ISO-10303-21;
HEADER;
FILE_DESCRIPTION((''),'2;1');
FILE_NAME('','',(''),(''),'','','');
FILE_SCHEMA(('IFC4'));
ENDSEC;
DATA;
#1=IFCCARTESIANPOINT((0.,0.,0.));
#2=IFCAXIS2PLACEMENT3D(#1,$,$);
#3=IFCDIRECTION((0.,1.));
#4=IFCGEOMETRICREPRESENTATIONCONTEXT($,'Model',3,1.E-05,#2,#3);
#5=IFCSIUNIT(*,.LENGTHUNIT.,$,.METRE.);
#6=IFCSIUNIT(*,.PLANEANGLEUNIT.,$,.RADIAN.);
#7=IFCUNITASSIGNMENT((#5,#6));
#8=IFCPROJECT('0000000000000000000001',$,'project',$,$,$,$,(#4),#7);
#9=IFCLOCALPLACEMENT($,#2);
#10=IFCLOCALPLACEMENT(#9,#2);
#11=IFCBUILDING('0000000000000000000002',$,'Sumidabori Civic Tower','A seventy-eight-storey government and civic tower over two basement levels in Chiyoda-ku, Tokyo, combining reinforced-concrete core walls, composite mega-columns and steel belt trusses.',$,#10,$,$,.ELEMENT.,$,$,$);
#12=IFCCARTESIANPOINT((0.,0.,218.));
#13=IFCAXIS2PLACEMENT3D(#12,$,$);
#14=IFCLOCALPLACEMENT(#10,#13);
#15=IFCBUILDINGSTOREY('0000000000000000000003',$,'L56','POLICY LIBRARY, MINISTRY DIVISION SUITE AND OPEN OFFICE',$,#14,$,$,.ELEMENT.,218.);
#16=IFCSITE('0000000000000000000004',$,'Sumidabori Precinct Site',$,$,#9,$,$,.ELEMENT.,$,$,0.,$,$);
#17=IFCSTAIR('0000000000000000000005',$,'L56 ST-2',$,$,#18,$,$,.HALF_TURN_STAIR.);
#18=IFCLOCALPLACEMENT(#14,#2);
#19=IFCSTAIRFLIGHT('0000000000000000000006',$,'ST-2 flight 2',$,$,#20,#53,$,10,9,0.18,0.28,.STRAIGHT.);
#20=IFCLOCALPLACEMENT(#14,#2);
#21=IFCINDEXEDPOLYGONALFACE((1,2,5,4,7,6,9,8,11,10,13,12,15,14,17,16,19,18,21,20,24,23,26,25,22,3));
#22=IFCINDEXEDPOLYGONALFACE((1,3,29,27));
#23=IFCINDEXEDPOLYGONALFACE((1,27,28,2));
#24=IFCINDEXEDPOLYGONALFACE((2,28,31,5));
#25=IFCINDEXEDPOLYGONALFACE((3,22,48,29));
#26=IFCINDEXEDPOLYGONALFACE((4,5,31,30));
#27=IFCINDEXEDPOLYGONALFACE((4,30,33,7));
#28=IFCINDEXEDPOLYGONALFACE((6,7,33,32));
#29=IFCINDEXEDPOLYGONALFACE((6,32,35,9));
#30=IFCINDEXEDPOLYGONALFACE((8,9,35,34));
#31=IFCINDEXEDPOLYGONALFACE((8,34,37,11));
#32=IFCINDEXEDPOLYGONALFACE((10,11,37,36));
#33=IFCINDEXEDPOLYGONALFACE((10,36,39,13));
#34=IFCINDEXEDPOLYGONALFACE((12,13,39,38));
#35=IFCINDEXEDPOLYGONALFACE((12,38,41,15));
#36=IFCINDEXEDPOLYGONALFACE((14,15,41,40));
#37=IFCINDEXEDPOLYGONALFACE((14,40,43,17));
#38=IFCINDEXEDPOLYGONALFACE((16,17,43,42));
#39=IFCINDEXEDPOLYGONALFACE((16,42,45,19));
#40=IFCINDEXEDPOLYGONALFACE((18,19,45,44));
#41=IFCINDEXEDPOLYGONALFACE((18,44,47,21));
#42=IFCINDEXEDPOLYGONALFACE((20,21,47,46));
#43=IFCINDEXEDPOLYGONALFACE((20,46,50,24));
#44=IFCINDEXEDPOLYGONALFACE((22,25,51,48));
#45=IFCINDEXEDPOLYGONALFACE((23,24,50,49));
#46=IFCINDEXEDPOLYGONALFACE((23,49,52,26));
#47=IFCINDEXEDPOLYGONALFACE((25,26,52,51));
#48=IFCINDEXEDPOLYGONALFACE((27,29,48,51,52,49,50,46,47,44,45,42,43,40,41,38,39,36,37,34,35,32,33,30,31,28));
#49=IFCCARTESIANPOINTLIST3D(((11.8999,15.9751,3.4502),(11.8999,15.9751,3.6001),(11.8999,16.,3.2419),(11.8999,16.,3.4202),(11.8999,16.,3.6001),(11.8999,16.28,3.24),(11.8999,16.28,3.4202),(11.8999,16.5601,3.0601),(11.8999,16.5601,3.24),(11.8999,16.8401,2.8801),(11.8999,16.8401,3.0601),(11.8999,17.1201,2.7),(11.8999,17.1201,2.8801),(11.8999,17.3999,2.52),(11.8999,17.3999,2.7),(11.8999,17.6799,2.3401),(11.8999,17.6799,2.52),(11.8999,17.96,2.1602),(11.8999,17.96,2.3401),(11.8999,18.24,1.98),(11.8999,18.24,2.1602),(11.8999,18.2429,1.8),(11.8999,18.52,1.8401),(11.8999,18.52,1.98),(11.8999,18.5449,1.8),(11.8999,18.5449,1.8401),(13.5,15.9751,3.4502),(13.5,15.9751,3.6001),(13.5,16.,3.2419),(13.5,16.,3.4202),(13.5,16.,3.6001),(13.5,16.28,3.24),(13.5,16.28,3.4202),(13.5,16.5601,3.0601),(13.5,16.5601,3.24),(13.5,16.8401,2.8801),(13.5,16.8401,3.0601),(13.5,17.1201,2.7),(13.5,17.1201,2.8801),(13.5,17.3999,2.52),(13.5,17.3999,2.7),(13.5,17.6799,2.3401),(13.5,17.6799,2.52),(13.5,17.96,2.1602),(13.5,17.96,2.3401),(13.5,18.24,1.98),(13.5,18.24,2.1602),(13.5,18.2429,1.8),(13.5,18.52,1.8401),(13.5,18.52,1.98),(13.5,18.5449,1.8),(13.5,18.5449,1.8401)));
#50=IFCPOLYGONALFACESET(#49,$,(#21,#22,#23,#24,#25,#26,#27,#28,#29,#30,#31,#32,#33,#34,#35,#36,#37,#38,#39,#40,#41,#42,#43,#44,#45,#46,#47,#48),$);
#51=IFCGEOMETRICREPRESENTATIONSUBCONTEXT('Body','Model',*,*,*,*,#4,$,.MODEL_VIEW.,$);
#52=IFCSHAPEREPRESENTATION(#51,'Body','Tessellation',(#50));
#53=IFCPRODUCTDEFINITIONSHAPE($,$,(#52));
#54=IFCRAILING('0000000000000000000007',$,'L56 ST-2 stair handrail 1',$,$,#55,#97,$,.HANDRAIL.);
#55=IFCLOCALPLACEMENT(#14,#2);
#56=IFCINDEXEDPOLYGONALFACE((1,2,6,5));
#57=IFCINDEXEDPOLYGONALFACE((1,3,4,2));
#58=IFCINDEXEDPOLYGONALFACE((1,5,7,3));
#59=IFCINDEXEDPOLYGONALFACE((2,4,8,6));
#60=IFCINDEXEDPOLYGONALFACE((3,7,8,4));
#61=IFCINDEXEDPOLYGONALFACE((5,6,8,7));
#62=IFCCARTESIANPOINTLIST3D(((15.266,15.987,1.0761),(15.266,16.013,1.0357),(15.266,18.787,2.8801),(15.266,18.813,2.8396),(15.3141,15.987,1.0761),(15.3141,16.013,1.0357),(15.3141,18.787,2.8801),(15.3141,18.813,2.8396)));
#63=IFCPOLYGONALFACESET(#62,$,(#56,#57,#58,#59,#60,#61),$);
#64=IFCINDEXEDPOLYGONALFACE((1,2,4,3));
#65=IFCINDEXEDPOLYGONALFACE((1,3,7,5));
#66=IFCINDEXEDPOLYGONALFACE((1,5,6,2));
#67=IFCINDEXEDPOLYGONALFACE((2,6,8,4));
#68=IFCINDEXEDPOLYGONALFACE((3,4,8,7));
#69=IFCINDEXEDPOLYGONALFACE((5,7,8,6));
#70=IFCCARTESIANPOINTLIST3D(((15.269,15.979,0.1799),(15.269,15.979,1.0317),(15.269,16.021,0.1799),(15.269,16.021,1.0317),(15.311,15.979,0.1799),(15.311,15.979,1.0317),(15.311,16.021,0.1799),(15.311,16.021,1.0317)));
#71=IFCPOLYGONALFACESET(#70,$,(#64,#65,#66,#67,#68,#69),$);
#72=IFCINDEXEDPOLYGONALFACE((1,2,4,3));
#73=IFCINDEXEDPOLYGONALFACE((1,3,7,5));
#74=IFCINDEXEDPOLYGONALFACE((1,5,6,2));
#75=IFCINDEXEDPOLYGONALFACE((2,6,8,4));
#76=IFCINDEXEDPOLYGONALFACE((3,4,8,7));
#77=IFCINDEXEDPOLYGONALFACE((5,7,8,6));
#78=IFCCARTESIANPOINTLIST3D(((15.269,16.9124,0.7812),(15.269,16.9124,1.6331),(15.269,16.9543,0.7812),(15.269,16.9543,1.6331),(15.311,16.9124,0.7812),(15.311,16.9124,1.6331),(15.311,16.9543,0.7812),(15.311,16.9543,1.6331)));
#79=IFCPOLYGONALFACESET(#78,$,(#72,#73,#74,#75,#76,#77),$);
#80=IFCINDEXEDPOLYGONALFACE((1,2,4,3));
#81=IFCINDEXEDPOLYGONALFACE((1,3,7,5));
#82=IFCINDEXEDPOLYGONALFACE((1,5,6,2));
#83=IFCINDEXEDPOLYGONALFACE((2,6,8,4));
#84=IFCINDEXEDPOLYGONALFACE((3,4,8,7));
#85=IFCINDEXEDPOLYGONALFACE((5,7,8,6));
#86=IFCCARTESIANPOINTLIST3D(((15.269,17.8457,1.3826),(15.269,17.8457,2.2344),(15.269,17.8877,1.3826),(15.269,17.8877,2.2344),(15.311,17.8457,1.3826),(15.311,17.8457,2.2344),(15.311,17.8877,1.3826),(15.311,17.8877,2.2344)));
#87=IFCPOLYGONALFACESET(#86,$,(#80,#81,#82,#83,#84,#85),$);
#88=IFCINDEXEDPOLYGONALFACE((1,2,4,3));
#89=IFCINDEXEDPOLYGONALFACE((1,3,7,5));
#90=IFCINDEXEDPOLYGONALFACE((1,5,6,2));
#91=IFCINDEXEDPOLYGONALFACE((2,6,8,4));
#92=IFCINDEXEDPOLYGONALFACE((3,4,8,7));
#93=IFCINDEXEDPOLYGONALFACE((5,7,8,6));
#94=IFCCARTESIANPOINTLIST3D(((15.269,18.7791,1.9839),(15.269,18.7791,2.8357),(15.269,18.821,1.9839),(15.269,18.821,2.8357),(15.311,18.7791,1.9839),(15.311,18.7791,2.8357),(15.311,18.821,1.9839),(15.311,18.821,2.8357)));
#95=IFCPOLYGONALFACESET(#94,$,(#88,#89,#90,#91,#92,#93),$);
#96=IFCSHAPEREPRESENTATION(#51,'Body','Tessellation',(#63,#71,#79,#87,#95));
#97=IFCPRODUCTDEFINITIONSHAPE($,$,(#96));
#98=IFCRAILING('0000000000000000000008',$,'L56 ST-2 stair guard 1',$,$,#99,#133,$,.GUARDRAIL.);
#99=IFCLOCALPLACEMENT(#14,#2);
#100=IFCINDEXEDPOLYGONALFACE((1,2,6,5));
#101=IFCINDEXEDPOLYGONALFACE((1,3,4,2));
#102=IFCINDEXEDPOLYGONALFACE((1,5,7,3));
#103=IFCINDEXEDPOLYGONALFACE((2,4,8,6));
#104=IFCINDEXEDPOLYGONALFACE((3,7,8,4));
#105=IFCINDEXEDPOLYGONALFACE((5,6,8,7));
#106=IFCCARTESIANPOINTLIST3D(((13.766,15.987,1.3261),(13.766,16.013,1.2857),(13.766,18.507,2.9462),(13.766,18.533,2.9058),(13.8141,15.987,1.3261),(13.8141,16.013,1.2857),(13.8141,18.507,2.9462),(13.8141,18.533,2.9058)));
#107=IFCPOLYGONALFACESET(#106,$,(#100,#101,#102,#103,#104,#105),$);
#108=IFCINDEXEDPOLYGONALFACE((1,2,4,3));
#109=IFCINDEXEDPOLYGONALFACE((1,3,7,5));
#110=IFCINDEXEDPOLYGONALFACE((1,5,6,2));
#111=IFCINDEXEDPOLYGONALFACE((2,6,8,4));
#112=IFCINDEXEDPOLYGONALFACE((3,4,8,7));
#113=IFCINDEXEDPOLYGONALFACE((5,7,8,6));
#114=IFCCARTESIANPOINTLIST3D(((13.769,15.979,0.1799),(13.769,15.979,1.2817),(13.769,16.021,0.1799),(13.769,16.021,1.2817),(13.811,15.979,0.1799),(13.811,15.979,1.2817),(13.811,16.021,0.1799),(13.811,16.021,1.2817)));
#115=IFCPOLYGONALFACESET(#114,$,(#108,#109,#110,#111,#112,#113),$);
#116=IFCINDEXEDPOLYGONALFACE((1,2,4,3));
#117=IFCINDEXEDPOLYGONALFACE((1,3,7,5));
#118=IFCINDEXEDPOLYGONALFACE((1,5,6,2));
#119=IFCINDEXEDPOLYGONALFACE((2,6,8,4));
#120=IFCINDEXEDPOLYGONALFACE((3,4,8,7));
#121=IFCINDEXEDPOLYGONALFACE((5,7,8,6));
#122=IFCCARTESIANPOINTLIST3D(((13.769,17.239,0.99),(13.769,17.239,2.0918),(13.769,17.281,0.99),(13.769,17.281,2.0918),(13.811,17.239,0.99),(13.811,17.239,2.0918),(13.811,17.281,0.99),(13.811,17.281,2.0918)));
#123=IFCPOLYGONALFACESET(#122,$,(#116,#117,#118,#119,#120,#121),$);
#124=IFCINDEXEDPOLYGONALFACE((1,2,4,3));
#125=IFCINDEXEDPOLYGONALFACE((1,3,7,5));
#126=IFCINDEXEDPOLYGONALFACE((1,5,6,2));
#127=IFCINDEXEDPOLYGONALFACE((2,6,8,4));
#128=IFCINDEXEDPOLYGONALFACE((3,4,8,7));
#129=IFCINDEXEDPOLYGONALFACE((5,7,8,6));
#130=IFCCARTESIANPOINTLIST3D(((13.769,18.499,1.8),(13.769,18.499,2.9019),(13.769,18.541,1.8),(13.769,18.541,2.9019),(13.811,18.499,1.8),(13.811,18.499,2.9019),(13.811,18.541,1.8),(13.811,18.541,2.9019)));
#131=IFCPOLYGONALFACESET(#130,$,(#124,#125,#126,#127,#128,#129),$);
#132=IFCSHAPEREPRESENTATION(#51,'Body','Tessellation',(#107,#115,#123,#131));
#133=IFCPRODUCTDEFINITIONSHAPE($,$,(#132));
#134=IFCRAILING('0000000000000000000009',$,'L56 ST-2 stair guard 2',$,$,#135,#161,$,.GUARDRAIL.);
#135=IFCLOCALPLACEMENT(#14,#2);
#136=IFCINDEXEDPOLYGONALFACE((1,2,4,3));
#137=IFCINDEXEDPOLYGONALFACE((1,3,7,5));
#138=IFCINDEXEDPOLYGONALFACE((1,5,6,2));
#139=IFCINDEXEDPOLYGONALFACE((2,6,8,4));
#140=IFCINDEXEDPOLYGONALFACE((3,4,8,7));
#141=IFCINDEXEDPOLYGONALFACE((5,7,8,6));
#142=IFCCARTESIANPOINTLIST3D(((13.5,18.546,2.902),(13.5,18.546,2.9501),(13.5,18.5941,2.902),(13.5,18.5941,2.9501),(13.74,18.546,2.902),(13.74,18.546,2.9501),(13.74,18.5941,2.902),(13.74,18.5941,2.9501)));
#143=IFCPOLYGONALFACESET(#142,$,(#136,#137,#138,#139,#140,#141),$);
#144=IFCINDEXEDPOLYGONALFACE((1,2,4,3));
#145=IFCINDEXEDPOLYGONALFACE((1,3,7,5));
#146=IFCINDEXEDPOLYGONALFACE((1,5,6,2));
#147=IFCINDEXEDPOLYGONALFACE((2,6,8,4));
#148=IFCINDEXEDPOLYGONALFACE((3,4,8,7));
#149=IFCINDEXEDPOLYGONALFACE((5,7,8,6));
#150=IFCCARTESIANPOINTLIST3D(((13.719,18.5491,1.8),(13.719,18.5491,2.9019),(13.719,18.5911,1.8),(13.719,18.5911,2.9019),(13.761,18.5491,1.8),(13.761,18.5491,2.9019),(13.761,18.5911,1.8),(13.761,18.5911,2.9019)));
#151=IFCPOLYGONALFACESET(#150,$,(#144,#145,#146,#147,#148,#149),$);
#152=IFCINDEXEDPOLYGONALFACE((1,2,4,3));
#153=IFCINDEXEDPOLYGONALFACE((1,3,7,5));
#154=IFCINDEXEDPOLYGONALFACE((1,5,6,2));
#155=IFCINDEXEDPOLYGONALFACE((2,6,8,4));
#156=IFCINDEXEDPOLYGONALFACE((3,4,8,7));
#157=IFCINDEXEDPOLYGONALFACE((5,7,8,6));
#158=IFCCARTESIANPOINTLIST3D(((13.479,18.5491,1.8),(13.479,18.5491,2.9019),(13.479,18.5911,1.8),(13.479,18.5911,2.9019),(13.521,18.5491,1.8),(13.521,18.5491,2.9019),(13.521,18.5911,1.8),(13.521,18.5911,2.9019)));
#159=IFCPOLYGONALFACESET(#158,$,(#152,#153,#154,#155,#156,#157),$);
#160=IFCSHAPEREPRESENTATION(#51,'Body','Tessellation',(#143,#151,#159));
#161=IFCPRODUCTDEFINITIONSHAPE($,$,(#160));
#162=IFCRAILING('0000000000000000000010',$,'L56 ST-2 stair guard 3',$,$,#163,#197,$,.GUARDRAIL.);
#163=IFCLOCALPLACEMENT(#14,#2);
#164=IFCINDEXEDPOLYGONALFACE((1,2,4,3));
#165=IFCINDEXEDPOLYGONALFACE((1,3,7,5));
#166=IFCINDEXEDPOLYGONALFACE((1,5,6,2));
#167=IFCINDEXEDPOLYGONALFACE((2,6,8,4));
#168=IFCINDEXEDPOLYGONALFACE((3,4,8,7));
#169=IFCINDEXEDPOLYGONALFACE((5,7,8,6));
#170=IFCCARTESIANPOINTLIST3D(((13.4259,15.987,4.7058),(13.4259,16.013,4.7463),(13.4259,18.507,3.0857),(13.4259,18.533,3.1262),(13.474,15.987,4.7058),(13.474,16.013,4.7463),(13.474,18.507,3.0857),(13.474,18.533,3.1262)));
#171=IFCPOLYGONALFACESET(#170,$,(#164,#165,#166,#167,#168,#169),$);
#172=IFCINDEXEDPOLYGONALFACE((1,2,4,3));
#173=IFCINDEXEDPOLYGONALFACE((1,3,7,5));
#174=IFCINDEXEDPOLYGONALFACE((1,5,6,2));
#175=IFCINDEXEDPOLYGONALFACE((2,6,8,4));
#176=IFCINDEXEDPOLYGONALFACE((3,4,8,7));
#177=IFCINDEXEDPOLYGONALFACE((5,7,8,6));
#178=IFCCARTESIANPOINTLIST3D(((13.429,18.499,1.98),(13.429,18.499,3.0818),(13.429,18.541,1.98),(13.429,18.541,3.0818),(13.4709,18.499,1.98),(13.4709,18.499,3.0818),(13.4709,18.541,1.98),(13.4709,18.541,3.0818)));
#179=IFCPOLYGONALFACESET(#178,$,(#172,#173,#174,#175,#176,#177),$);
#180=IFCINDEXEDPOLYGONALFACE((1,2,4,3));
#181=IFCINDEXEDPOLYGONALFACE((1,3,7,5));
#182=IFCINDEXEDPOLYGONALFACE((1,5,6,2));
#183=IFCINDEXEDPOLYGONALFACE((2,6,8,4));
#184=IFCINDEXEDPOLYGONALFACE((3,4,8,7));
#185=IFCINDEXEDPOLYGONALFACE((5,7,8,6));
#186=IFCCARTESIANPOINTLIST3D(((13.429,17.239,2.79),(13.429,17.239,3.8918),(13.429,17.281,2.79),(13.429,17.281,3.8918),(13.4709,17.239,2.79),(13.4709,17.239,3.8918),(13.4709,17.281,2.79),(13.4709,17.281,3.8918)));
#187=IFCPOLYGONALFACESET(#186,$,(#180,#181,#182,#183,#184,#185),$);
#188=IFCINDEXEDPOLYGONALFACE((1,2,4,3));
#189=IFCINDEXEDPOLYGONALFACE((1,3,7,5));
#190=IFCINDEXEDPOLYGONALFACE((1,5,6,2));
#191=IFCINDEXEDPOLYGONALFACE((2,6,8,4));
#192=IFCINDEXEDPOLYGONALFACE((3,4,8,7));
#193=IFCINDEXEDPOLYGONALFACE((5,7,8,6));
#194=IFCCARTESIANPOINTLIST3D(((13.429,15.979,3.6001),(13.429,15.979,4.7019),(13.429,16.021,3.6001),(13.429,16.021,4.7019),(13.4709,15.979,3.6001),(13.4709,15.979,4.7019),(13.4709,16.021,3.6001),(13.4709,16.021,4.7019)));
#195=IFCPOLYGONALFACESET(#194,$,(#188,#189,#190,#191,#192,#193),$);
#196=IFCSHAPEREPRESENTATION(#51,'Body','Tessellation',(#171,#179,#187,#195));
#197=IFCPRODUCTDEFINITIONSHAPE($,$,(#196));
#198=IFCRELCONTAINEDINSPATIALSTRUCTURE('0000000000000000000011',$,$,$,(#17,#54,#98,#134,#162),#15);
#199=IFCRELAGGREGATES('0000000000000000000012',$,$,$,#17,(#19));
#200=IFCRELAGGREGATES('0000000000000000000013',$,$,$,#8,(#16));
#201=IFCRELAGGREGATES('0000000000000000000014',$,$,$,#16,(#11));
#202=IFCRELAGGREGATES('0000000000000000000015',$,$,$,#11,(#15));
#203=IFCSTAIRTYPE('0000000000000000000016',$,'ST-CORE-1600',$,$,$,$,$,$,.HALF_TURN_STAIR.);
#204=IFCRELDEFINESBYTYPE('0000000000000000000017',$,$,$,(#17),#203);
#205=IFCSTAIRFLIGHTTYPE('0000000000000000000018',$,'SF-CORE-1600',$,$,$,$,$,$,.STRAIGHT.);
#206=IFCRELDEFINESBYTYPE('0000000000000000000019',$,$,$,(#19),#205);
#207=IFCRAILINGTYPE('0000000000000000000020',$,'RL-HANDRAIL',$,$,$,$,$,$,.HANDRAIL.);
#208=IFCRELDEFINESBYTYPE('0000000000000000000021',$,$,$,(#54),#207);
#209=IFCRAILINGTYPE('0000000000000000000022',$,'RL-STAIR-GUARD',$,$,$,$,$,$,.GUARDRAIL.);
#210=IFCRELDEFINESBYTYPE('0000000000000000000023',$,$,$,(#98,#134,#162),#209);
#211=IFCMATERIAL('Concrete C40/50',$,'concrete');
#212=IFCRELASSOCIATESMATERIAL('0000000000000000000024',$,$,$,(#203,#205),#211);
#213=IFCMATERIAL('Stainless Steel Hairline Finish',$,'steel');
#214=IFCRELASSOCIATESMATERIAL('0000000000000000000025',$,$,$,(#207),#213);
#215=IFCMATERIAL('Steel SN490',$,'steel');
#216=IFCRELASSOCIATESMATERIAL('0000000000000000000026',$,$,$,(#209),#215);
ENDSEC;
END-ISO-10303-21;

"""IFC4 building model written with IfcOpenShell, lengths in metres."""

from ifc_helpers import new_model, si_unit, direction, frame, origin, origin_2d, place, context, subcontext, project, spatial, polyline, rectangle, outline, extrude, source, transform, mapped, material, type_object, element, aggregate, save


model = new_model("IFC4")

# Units and contexts
model_context = context("Model", 3, precision=1e-05, world=origin(), true_north=direction((0.0, 1.0)))
body_context = subcontext(model_context, "Body", "Model", "MODEL_VIEW")
ifc_project = project(units=[si_unit("LENGTHUNIT", "METRE"), si_unit("PLANEANGLEUNIT", "RADIAN")], contexts=[model_context])

# Site, building, storey
site_placement = place(None, origin())
site = spatial("IfcSite", under=ifc_project, at=site_placement, Name="Sumidabori Precinct Site", CompositionType="ELEMENT", RefElevation=0.0)
building_placement = place(site_placement, origin())
building = spatial("IfcBuilding", under=site, at=building_placement, Name="Sumidabori Civic Tower", Description="A seventy-eight-storey government and civic tower over two basement levels in Chiyoda-ku, Tokyo, combining reinforced-concrete core walls, composite mega-columns and steel belt trusses.", CompositionType="ELEMENT")
storey_placement = place(building_placement, frame((0.0, 0.0, 218.0)))
storey = spatial("IfcBuildingStorey", under=building, at=storey_placement, Name="L56", Description="POLICY LIBRARY, MINISTRY DIVISION SUITE AND OPEN OFFICE", CompositionType="ELEMENT", Elevation=218.0)

# Shared definitions
ifc_material_1 = material(Name="Steel SN490", Category="steel")

# Stair, stair flight
ifc_material_2 = material(Name="Concrete C40/50", Category="concrete")
stair_type = type_object("IfcStairType", Name="ST-CORE-1600", PredefinedType="HALF_TURN_STAIR", material=ifc_material_2)
stair_placement = place(storey_placement, origin())
stair = element("IfcStair", 1, at=stair_placement, inside=storey, type_object=stair_type, Name="L56 ST-2", PredefinedType="HALF_TURN_STAIR")
stair_flight_type = type_object("IfcStairFlightType", Name="SF-CORE-1600", PredefinedType="STRAIGHT", material=ifc_material_2)
shared_shape_1 = source(origin(), body_context, "Body", "SweptSolid", [
    extrude(outline(polyline([(-0.0249, 0.0), (-0.0249, 0.04), (0.0, 0.04), (0.0, 0.1799), (0.28, 0.1799), (0.28, 0.3601), (0.5601, 0.3601), (0.5601, 0.54), (0.8401, 0.54), (0.8401, 0.72), (1.1201, 0.72), (1.1201, 0.8999), (1.3999, 0.8999), (1.3999, 1.0801), (1.6799, 1.0801), (1.6799, 1.26), (1.96, 1.26), (1.96, 1.4399), (2.24, 1.4399), (2.24, 1.6201), (2.52, 1.6201), (2.52, 1.8), (2.5449, 1.8), (2.5449, 1.6501), (2.52, 1.4419), (0.2771, 0.0), (-0.0249, 0.0)])), frame((0.0, 0.8, 0.0), z_axis=(0.0, -1.0, 0.0), x_axis=(1.0, 0.0, 0.0)), (0.0, 0.0, 1.0), 1.6001),
])
stair_flight_1_placement = place(storey_placement, frame((12.7, 18.52, 1.8), z_axis=(0.0, 0.0, 1.0), x_axis=(0.0, -1.0, 0.0)))
stair_flight_1 = element("IfcStairFlight", 2, at=stair_flight_1_placement, type_object=stair_flight_type, Name="ST-2 flight 2", NumberOfRisers=10, NumberOfTreads=9, PredefinedType="STRAIGHT", RiserHeight=0.18, TreadLength=0.28, context=body_context, shape_type="MappedRepresentation", body=[
    mapped(shared_shape_1, transform((0.0, 0.0, 0.0), x_axis=(1.0, 0.0, 0.0), y_axis=(0.0, 1.0, 0.0), z_axis=(0.0, 0.0, 1.0), scale=1.0)),
])
aggregate(stair, [stair_flight_1])

# Railings
ifc_material_3 = material(Name="Stainless Steel Hairline Finish", Category="steel")
railing_type_1 = type_object("IfcRailingType", Name="RL-HANDRAIL", PredefinedType="HANDRAIL", material=ifc_material_3)
railing_1_placement = place(storey_placement, frame((15.29, 16.0, 0.1799)))
element("IfcRailing", 3, at=railing_1_placement, inside=storey, type_object=railing_type_1, Name="L56 ST-2 stair handrail 1", PredefinedType="HANDRAIL", context=body_context, shape_type="SweptSolid", body=[
    extrude(rectangle(XDim=0.0481, YDim=0.0481, at=origin_2d()), frame((0.0, 0.0, 0.876), z_axis=(0.0, 0.840642, 0.541591), x_axis=(-1.0, 0.0, 0.0)), (0.0, 0.0, 1.0), 3.3308),
    extrude(rectangle(XDim=0.042, YDim=0.042, at=origin_2d()), origin(), (0.0, 0.0, 1.0), 0.8518),
    extrude(rectangle(XDim=0.042, YDim=0.042, at=origin_2d()), frame((0.0, 0.9333, 0.6013)), (0.0, 0.0, 1.0), 0.8518),
    extrude(rectangle(XDim=0.042, YDim=0.042, at=origin_2d()), frame((0.0, 1.8667, 1.2026)), (0.0, 0.0, 1.0), 0.8518),
    extrude(rectangle(XDim=0.042, YDim=0.042, at=origin_2d()), frame((0.0, 2.8, 1.804)), (0.0, 0.0, 1.0), 0.8518),
])
railing_type_2 = type_object("IfcRailingType", Name="RL-STAIR-GUARD", PredefinedType="GUARDRAIL", material=ifc_material_1)
railing_2_placement = place(storey_placement, frame((13.79, 16.0, 0.1799)))
element("IfcRailing", 4, at=railing_2_placement, inside=storey, type_object=railing_type_2, Name="L56 ST-2 stair guard 1", PredefinedType="GUARDRAIL", context=body_context, shape_type="SweptSolid", body=[
    extrude(rectangle(XDim=0.0481, YDim=0.0481, at=origin_2d()), frame((0.0, 0.0, 1.126), z_axis=(0.0, 0.841163, 0.540782), x_axis=(-1.0, 0.0, 0.0)), (0.0, 0.0, 1.0), 2.9958),
    extrude(rectangle(XDim=0.042, YDim=0.042, at=origin_2d()), origin(), (0.0, 0.0, 1.0), 1.1018),
    extrude(rectangle(XDim=0.042, YDim=0.042, at=origin_2d()), frame((0.0, 1.26, 0.8101)), (0.0, 0.0, 1.0), 1.1018),
    extrude(rectangle(XDim=0.042, YDim=0.042, at=origin_2d()), frame((0.0, 2.52, 1.6201)), (0.0, 0.0, 1.0), 1.1018),
])
railing_3_placement = place(storey_placement, frame((13.74, 18.5701, 1.8)))
element("IfcRailing", 5, at=railing_3_placement, inside=storey, type_object=railing_type_2, Name="L56 ST-2 stair guard 2", PredefinedType="GUARDRAIL", context=body_context, shape_type="SweptSolid", body=[
    extrude(rectangle(XDim=0.0481, YDim=0.0481, at=origin_2d()), frame((0.0, 0.0, 1.126), z_axis=(-1.0, 0.0, 0.0), x_axis=(0.0, -1.0, 0.0)), (0.0, 0.0, 1.0), 0.24),
    extrude(rectangle(XDim=0.042, YDim=0.042, at=origin_2d()), origin(), (0.0, 0.0, 1.0), 1.1018),
    extrude(rectangle(XDim=0.042, YDim=0.042, at=origin_2d()), frame((-0.24, 0.0, 0.0)), (0.0, 0.0, 1.0), 1.1018),
])
railing_4_placement = place(storey_placement, frame((13.45, 18.52, 1.98)))
element("IfcRailing", 6, at=railing_4_placement, inside=storey, type_object=railing_type_2, Name="L56 ST-2 stair guard 3", PredefinedType="GUARDRAIL", context=body_context, shape_type="SweptSolid", body=[
    extrude(rectangle(XDim=0.0481, YDim=0.0481, at=origin_2d()), frame((0.0, 0.0, 1.126), z_axis=(0.0, -0.841163, 0.540782), x_axis=(1.0, 0.0, 0.0)), (0.0, 0.0, 1.0), 2.9958),
    extrude(rectangle(XDim=0.042, YDim=0.042, at=origin_2d()), origin(), (0.0, 0.0, 1.0), 1.1018),
    extrude(rectangle(XDim=0.042, YDim=0.042, at=origin_2d()), frame((0.0, -1.26, 0.8101)), (0.0, 0.0, 1.0), 1.1018),
    extrude(rectangle(XDim=0.042, YDim=0.042, at=origin_2d()), frame((0.0, -2.52, 1.6201)), (0.0, 0.0, 1.0), 1.1018),
])

save(model, "model.ifc")
